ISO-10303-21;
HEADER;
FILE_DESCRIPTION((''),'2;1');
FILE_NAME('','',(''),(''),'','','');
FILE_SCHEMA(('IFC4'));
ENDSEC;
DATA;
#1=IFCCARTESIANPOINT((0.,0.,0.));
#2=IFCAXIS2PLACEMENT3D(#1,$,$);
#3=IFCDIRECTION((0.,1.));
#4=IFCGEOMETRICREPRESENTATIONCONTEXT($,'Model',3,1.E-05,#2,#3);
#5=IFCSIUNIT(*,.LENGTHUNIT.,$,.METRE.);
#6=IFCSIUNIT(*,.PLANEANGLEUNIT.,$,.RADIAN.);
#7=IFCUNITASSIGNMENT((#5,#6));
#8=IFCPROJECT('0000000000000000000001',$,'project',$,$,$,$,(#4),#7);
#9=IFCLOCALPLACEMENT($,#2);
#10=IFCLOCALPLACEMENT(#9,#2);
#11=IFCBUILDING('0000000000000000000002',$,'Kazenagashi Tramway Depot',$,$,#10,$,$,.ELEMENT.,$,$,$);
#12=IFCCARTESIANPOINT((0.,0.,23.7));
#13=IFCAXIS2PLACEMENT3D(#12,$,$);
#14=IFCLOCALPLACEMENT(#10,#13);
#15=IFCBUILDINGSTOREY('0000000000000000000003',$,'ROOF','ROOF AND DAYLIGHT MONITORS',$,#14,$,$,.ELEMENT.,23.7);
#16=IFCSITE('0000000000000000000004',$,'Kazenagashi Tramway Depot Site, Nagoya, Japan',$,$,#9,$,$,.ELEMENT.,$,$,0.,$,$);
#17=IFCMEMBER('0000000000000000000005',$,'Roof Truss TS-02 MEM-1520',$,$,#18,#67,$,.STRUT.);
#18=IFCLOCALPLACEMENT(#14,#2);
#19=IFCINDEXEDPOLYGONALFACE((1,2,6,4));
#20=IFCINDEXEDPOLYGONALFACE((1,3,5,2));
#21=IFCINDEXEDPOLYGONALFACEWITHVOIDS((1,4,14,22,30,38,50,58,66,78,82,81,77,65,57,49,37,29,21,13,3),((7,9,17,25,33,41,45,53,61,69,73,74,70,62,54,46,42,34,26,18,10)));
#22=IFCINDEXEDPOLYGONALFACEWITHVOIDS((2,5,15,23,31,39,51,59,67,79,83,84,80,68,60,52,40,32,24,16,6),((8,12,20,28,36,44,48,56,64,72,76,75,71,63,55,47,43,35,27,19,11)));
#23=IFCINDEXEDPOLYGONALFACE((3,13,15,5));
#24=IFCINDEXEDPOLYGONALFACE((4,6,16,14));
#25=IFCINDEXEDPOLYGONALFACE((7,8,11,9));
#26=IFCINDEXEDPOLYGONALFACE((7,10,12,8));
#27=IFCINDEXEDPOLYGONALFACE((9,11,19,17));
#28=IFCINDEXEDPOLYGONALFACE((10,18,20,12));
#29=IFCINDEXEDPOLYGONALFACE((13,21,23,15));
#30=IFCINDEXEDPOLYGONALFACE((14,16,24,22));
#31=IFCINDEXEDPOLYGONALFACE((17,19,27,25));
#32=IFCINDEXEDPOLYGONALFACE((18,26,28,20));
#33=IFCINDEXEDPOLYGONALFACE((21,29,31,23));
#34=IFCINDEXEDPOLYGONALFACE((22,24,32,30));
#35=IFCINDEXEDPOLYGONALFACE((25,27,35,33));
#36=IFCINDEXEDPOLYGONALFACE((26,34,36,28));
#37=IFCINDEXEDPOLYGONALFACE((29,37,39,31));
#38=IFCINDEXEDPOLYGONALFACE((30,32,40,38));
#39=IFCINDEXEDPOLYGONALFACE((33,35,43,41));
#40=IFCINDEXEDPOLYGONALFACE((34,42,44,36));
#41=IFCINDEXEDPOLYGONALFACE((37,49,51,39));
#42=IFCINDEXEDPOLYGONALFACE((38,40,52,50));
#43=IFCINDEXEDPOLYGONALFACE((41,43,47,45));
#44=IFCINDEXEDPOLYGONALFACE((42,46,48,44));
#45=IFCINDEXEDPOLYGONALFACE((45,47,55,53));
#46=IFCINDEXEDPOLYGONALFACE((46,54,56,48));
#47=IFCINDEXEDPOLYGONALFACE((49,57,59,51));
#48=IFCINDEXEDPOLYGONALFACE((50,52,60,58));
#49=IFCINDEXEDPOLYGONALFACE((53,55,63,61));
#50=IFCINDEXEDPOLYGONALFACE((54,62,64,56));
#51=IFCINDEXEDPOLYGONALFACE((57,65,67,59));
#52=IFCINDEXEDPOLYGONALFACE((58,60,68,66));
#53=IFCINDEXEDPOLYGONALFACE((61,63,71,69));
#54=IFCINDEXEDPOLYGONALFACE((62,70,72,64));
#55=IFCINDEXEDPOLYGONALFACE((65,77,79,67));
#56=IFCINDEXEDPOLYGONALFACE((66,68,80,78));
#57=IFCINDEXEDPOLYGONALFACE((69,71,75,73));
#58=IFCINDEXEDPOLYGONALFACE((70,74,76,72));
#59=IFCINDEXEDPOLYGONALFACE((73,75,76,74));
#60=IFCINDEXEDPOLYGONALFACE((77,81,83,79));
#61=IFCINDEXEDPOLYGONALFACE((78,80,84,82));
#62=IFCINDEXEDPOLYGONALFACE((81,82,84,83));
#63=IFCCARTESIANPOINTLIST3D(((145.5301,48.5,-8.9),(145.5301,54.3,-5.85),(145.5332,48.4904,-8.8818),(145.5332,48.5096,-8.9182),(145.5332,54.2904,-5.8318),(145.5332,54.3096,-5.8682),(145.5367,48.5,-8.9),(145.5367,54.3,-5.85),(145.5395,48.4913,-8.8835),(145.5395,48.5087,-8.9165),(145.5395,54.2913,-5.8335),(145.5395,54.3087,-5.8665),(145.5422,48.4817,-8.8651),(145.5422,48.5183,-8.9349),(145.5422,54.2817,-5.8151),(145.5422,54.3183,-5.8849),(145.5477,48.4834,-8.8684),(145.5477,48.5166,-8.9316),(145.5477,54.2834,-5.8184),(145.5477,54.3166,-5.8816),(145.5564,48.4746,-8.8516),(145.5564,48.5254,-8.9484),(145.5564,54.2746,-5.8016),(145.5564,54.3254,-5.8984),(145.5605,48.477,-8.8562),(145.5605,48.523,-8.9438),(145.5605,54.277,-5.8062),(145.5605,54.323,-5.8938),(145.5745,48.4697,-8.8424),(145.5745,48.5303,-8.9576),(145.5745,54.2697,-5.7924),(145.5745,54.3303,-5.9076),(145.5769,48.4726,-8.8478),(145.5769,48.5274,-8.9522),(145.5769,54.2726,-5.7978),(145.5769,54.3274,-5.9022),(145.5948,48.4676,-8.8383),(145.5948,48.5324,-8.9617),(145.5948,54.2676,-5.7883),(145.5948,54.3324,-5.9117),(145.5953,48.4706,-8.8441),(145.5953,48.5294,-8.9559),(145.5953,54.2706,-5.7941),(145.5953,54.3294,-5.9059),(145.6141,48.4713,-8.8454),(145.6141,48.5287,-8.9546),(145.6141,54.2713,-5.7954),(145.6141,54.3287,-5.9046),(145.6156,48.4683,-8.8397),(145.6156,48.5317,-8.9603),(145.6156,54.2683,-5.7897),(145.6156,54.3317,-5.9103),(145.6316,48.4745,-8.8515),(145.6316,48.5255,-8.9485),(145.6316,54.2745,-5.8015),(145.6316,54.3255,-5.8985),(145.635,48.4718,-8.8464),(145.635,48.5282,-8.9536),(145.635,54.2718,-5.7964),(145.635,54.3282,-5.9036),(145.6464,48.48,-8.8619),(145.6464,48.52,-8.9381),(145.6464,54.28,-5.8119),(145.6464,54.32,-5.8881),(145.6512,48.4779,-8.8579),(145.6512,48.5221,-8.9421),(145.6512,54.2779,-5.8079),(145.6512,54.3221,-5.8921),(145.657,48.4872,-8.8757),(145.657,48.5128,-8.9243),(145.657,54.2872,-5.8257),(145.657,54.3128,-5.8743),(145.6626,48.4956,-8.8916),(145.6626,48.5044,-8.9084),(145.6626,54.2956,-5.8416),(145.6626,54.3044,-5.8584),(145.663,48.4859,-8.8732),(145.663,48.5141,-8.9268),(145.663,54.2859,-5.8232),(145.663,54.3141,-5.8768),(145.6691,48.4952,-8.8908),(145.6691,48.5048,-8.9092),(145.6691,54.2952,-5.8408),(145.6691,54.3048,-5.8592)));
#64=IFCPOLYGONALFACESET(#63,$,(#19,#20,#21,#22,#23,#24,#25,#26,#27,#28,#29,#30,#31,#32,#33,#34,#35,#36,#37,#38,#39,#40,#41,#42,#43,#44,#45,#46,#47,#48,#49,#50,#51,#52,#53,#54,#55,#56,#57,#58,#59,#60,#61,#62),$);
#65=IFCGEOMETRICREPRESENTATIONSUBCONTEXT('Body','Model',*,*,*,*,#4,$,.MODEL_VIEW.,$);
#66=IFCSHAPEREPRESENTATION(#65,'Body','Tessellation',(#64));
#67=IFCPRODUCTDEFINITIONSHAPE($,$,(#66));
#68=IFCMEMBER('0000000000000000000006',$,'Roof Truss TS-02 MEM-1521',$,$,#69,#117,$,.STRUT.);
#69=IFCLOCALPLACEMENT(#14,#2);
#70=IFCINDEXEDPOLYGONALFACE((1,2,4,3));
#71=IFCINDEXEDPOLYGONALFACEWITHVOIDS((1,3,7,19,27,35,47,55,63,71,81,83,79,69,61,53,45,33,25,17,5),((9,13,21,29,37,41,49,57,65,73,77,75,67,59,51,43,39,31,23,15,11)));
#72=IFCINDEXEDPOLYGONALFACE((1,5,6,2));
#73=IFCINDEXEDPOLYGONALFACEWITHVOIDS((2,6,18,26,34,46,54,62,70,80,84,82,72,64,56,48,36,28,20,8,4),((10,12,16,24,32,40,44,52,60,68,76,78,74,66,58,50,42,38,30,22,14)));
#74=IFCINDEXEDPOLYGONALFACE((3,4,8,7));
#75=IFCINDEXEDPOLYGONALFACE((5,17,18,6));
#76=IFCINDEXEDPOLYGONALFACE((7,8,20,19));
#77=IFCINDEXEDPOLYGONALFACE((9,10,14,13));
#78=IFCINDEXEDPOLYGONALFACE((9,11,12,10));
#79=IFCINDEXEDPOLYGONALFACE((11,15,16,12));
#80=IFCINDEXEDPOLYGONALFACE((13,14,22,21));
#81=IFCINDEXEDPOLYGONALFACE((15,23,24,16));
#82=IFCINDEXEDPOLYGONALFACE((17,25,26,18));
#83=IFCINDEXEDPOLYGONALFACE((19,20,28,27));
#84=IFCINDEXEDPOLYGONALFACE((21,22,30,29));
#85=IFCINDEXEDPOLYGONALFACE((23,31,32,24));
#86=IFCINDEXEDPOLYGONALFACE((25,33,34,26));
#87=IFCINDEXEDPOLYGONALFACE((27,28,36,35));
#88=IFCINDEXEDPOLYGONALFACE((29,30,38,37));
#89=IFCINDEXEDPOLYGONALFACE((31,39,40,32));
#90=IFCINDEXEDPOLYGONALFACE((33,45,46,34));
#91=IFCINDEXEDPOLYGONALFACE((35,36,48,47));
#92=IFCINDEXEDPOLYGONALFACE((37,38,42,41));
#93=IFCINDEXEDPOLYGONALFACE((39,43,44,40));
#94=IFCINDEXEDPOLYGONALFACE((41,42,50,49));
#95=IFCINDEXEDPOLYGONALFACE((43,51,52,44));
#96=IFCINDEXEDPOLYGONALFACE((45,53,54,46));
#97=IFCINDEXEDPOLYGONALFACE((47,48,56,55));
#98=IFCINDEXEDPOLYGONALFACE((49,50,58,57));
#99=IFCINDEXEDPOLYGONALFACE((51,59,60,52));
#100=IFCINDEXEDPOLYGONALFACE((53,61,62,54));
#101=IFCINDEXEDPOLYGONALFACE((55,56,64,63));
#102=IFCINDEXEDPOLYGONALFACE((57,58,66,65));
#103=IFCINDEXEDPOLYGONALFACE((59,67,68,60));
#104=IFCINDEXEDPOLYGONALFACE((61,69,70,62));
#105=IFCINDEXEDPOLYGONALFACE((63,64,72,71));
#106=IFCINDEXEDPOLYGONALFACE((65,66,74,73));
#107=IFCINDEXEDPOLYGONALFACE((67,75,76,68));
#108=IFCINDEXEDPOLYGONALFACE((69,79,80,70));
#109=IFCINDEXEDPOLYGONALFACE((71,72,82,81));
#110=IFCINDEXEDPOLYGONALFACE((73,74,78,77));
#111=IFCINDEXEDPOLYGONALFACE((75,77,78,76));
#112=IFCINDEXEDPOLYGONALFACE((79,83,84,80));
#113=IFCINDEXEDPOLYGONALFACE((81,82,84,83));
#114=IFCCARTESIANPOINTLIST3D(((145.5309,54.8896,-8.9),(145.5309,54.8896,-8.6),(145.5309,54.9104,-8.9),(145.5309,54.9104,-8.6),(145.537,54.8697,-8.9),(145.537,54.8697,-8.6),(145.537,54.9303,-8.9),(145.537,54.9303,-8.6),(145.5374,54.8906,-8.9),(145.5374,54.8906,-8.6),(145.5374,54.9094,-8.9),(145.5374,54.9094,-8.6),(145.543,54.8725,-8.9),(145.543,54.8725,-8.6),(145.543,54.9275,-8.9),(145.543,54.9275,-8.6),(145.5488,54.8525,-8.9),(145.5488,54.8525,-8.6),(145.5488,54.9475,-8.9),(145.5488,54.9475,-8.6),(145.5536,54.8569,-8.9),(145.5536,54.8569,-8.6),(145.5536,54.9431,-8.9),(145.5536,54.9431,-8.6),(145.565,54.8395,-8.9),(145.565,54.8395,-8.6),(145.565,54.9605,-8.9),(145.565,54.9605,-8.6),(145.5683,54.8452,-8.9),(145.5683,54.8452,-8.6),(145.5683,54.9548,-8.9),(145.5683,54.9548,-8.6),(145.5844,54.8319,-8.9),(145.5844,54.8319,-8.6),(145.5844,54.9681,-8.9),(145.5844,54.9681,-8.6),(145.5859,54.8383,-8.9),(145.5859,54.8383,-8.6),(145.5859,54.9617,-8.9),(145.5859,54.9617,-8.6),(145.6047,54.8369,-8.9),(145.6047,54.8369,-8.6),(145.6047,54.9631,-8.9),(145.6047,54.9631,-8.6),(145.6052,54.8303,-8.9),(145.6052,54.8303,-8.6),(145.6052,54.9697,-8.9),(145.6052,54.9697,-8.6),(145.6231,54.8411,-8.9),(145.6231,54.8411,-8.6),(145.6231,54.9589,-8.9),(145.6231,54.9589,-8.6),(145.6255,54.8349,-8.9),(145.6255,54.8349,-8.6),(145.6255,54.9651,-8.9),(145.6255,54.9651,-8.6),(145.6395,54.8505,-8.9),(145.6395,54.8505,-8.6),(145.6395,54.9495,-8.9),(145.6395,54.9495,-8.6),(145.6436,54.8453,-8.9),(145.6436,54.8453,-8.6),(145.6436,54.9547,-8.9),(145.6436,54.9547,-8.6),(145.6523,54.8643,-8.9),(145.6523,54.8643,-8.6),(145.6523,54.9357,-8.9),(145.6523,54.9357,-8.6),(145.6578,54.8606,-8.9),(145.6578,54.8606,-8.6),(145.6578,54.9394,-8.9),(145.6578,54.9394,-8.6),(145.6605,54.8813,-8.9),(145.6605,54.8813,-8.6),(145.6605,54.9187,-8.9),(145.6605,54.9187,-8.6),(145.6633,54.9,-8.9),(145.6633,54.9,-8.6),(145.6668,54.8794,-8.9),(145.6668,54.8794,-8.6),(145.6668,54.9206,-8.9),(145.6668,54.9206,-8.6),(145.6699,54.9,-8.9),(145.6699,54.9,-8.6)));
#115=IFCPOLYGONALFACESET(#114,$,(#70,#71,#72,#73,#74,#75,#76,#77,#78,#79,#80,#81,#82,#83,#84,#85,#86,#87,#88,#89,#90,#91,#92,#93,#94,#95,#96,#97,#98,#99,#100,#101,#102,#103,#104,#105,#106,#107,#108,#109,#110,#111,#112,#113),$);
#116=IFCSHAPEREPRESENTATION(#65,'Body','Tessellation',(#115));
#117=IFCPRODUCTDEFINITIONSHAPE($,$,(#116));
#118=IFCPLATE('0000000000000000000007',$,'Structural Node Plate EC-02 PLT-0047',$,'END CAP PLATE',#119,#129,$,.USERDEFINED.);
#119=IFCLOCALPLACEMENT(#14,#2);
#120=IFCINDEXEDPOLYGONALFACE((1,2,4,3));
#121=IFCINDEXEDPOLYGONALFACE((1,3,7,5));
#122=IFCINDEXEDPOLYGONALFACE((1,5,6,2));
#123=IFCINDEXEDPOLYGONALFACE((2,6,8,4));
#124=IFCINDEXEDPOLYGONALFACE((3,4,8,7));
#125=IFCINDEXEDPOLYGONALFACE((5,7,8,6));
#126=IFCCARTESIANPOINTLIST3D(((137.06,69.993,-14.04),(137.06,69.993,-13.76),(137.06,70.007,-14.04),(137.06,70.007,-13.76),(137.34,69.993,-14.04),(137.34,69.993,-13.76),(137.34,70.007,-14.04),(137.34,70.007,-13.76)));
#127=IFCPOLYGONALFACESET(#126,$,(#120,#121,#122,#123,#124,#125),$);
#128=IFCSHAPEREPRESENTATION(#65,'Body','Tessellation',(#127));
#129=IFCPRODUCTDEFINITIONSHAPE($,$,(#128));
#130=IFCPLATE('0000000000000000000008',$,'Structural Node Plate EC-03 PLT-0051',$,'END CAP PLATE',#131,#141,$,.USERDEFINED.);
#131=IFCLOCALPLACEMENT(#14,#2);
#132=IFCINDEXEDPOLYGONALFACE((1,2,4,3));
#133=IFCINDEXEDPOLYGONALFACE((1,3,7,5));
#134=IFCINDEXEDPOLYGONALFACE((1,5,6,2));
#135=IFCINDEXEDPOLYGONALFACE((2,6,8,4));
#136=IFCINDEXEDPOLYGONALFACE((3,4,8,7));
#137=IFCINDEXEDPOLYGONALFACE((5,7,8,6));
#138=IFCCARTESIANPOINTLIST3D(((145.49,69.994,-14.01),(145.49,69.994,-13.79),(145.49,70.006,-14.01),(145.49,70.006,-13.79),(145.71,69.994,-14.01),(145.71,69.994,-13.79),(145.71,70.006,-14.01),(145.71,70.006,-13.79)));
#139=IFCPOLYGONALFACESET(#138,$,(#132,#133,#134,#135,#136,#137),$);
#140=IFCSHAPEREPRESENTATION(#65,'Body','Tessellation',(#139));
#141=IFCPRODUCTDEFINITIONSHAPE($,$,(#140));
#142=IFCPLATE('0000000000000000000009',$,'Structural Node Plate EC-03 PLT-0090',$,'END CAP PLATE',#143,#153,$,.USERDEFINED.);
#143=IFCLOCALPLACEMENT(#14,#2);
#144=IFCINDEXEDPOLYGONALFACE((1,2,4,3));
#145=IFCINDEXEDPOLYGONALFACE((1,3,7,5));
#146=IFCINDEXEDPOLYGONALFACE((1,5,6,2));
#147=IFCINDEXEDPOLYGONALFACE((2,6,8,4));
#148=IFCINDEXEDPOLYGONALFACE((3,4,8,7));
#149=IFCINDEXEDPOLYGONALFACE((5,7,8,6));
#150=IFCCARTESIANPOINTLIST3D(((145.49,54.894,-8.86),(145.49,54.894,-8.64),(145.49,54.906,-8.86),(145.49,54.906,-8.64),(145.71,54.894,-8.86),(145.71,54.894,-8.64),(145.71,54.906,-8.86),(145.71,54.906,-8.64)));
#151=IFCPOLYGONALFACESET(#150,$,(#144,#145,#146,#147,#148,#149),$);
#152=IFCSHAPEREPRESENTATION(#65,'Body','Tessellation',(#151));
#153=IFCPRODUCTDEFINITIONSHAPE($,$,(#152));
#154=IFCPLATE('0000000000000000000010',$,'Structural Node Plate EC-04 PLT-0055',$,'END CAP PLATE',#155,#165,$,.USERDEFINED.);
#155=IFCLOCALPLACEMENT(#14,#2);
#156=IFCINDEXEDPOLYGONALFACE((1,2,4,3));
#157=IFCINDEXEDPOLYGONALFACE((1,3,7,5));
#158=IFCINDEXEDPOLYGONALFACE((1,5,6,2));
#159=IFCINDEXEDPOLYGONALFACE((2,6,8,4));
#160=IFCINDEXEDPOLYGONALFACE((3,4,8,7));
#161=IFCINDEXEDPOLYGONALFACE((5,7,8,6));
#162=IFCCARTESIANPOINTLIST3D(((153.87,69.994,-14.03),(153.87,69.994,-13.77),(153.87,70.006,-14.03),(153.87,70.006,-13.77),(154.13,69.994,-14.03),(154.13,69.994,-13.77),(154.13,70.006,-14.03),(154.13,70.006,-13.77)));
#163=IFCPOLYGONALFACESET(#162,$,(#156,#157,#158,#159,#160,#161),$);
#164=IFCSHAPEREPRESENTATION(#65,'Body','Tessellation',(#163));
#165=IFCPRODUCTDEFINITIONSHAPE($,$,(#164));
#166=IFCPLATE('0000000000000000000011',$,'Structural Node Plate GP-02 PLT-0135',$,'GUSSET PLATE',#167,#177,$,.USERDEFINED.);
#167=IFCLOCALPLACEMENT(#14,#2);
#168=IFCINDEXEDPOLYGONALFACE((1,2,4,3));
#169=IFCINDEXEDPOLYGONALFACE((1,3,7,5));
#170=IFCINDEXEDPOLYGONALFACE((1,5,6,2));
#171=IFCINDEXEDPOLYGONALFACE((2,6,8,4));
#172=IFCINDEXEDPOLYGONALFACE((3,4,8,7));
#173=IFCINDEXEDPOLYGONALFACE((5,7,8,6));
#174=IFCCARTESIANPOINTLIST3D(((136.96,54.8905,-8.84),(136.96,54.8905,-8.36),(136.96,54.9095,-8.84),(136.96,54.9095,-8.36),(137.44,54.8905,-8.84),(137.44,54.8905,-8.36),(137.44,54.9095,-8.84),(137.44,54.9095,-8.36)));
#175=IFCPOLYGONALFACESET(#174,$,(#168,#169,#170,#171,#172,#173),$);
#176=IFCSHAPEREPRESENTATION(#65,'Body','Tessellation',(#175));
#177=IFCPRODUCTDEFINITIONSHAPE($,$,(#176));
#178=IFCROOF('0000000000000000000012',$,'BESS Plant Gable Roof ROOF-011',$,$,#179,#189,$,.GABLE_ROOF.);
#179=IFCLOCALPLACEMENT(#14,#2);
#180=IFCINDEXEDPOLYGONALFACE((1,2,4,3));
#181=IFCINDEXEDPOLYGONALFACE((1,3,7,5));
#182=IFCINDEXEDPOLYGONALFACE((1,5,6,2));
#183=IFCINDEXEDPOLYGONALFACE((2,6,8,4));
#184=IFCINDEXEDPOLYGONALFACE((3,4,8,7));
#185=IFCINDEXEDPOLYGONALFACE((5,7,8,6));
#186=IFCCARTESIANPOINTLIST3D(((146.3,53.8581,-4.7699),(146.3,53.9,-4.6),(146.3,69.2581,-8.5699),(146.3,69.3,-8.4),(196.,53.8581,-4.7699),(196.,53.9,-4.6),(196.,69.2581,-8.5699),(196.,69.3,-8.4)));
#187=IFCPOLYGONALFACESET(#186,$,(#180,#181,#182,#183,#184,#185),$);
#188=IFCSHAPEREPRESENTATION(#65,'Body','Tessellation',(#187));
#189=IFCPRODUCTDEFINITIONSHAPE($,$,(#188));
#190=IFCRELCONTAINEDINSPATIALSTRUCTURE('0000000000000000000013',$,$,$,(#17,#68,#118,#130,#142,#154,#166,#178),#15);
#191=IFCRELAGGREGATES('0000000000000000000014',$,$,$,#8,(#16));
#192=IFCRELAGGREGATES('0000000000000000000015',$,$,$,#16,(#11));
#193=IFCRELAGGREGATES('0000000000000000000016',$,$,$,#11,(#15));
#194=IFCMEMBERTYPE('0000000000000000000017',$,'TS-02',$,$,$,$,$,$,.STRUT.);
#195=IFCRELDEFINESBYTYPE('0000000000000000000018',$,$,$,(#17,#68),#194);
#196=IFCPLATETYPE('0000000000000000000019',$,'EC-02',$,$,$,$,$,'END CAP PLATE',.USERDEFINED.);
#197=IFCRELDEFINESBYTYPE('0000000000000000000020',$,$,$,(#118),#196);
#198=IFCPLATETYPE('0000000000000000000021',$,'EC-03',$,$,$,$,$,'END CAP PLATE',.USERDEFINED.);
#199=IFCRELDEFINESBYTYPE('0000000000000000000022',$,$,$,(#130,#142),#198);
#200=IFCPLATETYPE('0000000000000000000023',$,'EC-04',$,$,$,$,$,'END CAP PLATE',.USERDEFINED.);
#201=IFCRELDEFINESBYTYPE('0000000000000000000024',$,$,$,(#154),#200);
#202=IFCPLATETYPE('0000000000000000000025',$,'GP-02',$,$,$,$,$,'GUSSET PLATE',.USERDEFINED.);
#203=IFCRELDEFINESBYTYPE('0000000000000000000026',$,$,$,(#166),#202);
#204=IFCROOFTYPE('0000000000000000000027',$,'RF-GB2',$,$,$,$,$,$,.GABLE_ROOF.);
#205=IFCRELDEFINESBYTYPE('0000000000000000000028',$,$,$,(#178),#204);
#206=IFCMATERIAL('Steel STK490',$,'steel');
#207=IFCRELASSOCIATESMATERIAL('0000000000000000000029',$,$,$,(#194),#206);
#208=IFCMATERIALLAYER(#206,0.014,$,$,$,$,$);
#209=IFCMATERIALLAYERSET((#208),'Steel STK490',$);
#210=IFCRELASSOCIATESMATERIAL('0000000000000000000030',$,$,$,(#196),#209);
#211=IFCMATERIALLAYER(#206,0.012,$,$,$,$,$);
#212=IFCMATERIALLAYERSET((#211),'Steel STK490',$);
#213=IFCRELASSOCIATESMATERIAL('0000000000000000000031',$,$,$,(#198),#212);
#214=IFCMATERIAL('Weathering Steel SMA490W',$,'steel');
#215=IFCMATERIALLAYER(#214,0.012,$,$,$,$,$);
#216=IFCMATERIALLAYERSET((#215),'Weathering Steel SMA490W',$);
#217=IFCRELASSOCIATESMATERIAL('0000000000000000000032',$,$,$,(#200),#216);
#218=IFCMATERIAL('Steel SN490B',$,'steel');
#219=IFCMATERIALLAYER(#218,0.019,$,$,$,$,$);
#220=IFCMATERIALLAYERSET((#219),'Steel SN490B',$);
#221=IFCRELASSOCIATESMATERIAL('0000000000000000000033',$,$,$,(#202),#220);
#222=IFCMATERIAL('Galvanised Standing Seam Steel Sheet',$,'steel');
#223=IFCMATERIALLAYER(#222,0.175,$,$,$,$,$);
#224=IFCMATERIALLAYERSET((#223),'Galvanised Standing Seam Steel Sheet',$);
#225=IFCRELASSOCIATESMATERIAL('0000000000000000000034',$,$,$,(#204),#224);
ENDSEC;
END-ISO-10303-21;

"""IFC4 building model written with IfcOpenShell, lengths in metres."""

from ifc_helpers import new_model, si_unit, direction, frame, origin, origin_2d, place, context, subcontext, project, spatial, polyline, rectangle, hollow_circle, outline, extrude, material, layer, layer_set, material_profile, profile_set, type_object, element, save


model = new_model("IFC4")

# Units and contexts
model_context = context("Model", 3, precision=1e-05, world=origin(), true_north=direction((0.0, 1.0)))
body_context = subcontext(model_context, "Body", "Model", "MODEL_VIEW")
ifc_project = project(units=[si_unit("LENGTHUNIT", "METRE"), si_unit("PLANEANGLEUNIT", "RADIAN")], contexts=[model_context])

# Site, building, storey
site_placement = place(None, origin())
site = spatial("IfcSite", under=ifc_project, at=site_placement, Name="Kazenagashi Tramway Depot Site, Nagoya, Japan", CompositionType="ELEMENT", RefElevation=0.0)
building_placement = place(site_placement, origin())
building = spatial("IfcBuilding", under=site, at=building_placement, Name="Kazenagashi Tramway Depot", CompositionType="ELEMENT")
storey_placement = place(building_placement, frame((0.0, 0.0, 23.7)))
storey = spatial("IfcBuildingStorey", under=building, at=storey_placement, Name="ROOF", Description="ROOF AND DAYLIGHT MONITORS", CompositionType="ELEMENT", Elevation=23.7)

# Shared definitions
ifc_material_1 = material(Name="Steel SN490B", Category="steel")

# Members
ifc_material_2 = material(Name="Steel STK490", Category="steel")
ifc_material_profile_1 = material_profile(ifc_material_2, hollow_circle(Radius=0.0699, WallThickness=0.0066, at=origin_2d()), Name="CHS-139.8x6.6")
ifc_profile_set_1 = profile_set([ifc_material_profile_1], Name="Steel STK490")
member_type_1 = type_object("IfcMemberType", Name="TS-02", PredefinedType="STRUT", material=ifc_profile_set_1)
member_1_placement = place(storey_placement, frame((145.6, 48.5, -8.9), z_axis=(0.0, 0.885084, 0.465432), x_axis=(-1.0, 0.0, 0.0)))
element("IfcMember", 1, at=member_1_placement, inside=storey, type_object=member_type_1, Name="Roof Truss TS-02 MEM-1520", PredefinedType="STRUT", context=body_context, shape_type="SweptSolid", body=[
    extrude(hollow_circle(Radius=0.0699, WallThickness=0.0066, at=origin_2d()), origin(), (0.0, 0.0, 1.0), 6.5531),
])
member_2_placement = place(storey_placement, frame((145.6, 54.9, -8.9), z_axis=(0.0, 0.0, 1.0), x_axis=(1.0, 0.0, 0.0)))
element("IfcMember", 2, at=member_2_placement, inside=storey, type_object=member_type_1, Name="Roof Truss TS-02 MEM-1521", PredefinedType="STRUT", context=body_context, shape_type="SweptSolid", body=[
    extrude(hollow_circle(Radius=0.0699, WallThickness=0.0066, at=origin_2d()), origin(), (0.0, 0.0, 1.0), 0.3),
])

# Plates
ifc_layer_1 = layer(ifc_material_2, 0.014)
ifc_layer_set_1 = layer_set([ifc_layer_1], Name="Steel STK490")
plate_type_1 = type_object("IfcPlateType", Name="EC-02", ElementType="END CAP PLATE", PredefinedType="USERDEFINED", material=ifc_layer_set_1)
plate_1_placement = place(storey_placement, frame((137.2, 70.0, -14.04), z_axis=(0.0, 0.0, 1.0), x_axis=(1.0, 0.0, 0.0)))
element("IfcPlate", 3, at=plate_1_placement, inside=storey, type_object=plate_type_1, Name="Structural Node Plate EC-02 PLT-0047", ObjectType="END CAP PLATE", PredefinedType="USERDEFINED", context=body_context, shape_type="SweptSolid", body=[
    extrude(rectangle(XDim=0.28, YDim=0.014, at=origin_2d()), origin(), (0.0, 0.0, 1.0), 0.28),
])
ifc_layer_2 = layer(ifc_material_2, 0.012)
ifc_layer_set_2 = layer_set([ifc_layer_2], Name="Steel STK490")
plate_type_2 = type_object("IfcPlateType", Name="EC-03", ElementType="END CAP PLATE", PredefinedType="USERDEFINED", material=ifc_layer_set_2)
for number, where, z_axis, x_axis, name in (
    (4, (145.6, 70.0, -14.01), (0.0, 0.0, 1.0), (1.0, 0.0, 0.0), "Structural Node Plate EC-03 PLT-0051"),
    (5, (145.6, 54.9, -8.86), (0.0, 0.0, 1.0), (1.0, 0.0, 0.0), "Structural Node Plate EC-03 PLT-0090"),
):
    element("IfcPlate", number, at=place(storey_placement, frame(where, z_axis=z_axis, x_axis=x_axis)), inside=storey, type_object=plate_type_2, Name=name, ObjectType="END CAP PLATE", PredefinedType="USERDEFINED", context=body_context, shape_type="SweptSolid", body=[
        extrude(rectangle(XDim=0.22, YDim=0.012, at=origin_2d()), origin(), (0.0, 0.0, 1.0), 0.22),
    ])
ifc_material_3 = material(Name="Weathering Steel SMA490W", Category="steel")
ifc_layer_3 = layer(ifc_material_3, 0.012)
ifc_layer_set_3 = layer_set([ifc_layer_3], Name="Weathering Steel SMA490W")
plate_type_3 = type_object("IfcPlateType", Name="EC-04", ElementType="END CAP PLATE", PredefinedType="USERDEFINED", material=ifc_layer_set_3)
plate_2_placement = place(storey_placement, frame((154.0, 70.0, -14.03), z_axis=(0.0, 0.0, 1.0), x_axis=(1.0, 0.0, 0.0)))
element("IfcPlate", 6, at=plate_2_placement, inside=storey, type_object=plate_type_3, Name="Structural Node Plate EC-04 PLT-0055", ObjectType="END CAP PLATE", PredefinedType="USERDEFINED", context=body_context, shape_type="SweptSolid", body=[
    extrude(rectangle(XDim=0.26, YDim=0.012, at=origin_2d()), origin(), (0.0, 0.0, 1.0), 0.26),
])
ifc_layer_4 = layer(ifc_material_1, 0.019)
ifc_layer_set_4 = layer_set([ifc_layer_4], Name="Steel SN490B")
plate_type_4 = type_object("IfcPlateType", Name="GP-02", ElementType="GUSSET PLATE", PredefinedType="USERDEFINED", material=ifc_layer_set_4)
plate_3_placement = place(storey_placement, frame((137.2, 54.9, -8.84), z_axis=(0.0, 0.0, 1.0), x_axis=(1.0, 0.0, 0.0)))
element("IfcPlate", 7, at=plate_3_placement, inside=storey, type_object=plate_type_4, Name="Structural Node Plate GP-02 PLT-0135", ObjectType="GUSSET PLATE", PredefinedType="USERDEFINED", context=body_context, shape_type="SweptSolid", body=[
    extrude(rectangle(XDim=0.48, YDim=0.019, at=origin_2d()), origin(), (0.0, 0.0, 1.0), 0.48),
])

# Roof
ifc_material_4 = material(Name="Galvanised Standing Seam Steel Sheet", Category="steel")
ifc_layer_5 = layer(ifc_material_4, 0.175)
ifc_layer_set_5 = layer_set([ifc_layer_5], Name="Galvanised Standing Seam Steel Sheet")
roof_type = type_object("IfcRoofType", Name="RF-GB2", PredefinedType="GABLE_ROOF", material=ifc_layer_set_5)
roof_placement = place(storey_placement, frame((146.3, 53.9, -4.6), z_axis=(0.0, 0.239568, 0.97088), x_axis=(1.0, 0.0, 0.0)))
element("IfcRoof", 8, at=roof_placement, inside=storey, type_object=roof_type, Name="BESS Plant Gable Roof ROOF-011", PredefinedType="GABLE_ROOF", context=body_context, shape_type="SweptSolid", body=[
    extrude(outline(polyline([(0.0, 0.0), (49.7, 0.0), (49.7, 15.8619), (0.0, 15.8619), (0.0, 0.0)])), origin(), (0.0, 0.0, -1.0), 0.175),
])

save(model, "model.ifc")
